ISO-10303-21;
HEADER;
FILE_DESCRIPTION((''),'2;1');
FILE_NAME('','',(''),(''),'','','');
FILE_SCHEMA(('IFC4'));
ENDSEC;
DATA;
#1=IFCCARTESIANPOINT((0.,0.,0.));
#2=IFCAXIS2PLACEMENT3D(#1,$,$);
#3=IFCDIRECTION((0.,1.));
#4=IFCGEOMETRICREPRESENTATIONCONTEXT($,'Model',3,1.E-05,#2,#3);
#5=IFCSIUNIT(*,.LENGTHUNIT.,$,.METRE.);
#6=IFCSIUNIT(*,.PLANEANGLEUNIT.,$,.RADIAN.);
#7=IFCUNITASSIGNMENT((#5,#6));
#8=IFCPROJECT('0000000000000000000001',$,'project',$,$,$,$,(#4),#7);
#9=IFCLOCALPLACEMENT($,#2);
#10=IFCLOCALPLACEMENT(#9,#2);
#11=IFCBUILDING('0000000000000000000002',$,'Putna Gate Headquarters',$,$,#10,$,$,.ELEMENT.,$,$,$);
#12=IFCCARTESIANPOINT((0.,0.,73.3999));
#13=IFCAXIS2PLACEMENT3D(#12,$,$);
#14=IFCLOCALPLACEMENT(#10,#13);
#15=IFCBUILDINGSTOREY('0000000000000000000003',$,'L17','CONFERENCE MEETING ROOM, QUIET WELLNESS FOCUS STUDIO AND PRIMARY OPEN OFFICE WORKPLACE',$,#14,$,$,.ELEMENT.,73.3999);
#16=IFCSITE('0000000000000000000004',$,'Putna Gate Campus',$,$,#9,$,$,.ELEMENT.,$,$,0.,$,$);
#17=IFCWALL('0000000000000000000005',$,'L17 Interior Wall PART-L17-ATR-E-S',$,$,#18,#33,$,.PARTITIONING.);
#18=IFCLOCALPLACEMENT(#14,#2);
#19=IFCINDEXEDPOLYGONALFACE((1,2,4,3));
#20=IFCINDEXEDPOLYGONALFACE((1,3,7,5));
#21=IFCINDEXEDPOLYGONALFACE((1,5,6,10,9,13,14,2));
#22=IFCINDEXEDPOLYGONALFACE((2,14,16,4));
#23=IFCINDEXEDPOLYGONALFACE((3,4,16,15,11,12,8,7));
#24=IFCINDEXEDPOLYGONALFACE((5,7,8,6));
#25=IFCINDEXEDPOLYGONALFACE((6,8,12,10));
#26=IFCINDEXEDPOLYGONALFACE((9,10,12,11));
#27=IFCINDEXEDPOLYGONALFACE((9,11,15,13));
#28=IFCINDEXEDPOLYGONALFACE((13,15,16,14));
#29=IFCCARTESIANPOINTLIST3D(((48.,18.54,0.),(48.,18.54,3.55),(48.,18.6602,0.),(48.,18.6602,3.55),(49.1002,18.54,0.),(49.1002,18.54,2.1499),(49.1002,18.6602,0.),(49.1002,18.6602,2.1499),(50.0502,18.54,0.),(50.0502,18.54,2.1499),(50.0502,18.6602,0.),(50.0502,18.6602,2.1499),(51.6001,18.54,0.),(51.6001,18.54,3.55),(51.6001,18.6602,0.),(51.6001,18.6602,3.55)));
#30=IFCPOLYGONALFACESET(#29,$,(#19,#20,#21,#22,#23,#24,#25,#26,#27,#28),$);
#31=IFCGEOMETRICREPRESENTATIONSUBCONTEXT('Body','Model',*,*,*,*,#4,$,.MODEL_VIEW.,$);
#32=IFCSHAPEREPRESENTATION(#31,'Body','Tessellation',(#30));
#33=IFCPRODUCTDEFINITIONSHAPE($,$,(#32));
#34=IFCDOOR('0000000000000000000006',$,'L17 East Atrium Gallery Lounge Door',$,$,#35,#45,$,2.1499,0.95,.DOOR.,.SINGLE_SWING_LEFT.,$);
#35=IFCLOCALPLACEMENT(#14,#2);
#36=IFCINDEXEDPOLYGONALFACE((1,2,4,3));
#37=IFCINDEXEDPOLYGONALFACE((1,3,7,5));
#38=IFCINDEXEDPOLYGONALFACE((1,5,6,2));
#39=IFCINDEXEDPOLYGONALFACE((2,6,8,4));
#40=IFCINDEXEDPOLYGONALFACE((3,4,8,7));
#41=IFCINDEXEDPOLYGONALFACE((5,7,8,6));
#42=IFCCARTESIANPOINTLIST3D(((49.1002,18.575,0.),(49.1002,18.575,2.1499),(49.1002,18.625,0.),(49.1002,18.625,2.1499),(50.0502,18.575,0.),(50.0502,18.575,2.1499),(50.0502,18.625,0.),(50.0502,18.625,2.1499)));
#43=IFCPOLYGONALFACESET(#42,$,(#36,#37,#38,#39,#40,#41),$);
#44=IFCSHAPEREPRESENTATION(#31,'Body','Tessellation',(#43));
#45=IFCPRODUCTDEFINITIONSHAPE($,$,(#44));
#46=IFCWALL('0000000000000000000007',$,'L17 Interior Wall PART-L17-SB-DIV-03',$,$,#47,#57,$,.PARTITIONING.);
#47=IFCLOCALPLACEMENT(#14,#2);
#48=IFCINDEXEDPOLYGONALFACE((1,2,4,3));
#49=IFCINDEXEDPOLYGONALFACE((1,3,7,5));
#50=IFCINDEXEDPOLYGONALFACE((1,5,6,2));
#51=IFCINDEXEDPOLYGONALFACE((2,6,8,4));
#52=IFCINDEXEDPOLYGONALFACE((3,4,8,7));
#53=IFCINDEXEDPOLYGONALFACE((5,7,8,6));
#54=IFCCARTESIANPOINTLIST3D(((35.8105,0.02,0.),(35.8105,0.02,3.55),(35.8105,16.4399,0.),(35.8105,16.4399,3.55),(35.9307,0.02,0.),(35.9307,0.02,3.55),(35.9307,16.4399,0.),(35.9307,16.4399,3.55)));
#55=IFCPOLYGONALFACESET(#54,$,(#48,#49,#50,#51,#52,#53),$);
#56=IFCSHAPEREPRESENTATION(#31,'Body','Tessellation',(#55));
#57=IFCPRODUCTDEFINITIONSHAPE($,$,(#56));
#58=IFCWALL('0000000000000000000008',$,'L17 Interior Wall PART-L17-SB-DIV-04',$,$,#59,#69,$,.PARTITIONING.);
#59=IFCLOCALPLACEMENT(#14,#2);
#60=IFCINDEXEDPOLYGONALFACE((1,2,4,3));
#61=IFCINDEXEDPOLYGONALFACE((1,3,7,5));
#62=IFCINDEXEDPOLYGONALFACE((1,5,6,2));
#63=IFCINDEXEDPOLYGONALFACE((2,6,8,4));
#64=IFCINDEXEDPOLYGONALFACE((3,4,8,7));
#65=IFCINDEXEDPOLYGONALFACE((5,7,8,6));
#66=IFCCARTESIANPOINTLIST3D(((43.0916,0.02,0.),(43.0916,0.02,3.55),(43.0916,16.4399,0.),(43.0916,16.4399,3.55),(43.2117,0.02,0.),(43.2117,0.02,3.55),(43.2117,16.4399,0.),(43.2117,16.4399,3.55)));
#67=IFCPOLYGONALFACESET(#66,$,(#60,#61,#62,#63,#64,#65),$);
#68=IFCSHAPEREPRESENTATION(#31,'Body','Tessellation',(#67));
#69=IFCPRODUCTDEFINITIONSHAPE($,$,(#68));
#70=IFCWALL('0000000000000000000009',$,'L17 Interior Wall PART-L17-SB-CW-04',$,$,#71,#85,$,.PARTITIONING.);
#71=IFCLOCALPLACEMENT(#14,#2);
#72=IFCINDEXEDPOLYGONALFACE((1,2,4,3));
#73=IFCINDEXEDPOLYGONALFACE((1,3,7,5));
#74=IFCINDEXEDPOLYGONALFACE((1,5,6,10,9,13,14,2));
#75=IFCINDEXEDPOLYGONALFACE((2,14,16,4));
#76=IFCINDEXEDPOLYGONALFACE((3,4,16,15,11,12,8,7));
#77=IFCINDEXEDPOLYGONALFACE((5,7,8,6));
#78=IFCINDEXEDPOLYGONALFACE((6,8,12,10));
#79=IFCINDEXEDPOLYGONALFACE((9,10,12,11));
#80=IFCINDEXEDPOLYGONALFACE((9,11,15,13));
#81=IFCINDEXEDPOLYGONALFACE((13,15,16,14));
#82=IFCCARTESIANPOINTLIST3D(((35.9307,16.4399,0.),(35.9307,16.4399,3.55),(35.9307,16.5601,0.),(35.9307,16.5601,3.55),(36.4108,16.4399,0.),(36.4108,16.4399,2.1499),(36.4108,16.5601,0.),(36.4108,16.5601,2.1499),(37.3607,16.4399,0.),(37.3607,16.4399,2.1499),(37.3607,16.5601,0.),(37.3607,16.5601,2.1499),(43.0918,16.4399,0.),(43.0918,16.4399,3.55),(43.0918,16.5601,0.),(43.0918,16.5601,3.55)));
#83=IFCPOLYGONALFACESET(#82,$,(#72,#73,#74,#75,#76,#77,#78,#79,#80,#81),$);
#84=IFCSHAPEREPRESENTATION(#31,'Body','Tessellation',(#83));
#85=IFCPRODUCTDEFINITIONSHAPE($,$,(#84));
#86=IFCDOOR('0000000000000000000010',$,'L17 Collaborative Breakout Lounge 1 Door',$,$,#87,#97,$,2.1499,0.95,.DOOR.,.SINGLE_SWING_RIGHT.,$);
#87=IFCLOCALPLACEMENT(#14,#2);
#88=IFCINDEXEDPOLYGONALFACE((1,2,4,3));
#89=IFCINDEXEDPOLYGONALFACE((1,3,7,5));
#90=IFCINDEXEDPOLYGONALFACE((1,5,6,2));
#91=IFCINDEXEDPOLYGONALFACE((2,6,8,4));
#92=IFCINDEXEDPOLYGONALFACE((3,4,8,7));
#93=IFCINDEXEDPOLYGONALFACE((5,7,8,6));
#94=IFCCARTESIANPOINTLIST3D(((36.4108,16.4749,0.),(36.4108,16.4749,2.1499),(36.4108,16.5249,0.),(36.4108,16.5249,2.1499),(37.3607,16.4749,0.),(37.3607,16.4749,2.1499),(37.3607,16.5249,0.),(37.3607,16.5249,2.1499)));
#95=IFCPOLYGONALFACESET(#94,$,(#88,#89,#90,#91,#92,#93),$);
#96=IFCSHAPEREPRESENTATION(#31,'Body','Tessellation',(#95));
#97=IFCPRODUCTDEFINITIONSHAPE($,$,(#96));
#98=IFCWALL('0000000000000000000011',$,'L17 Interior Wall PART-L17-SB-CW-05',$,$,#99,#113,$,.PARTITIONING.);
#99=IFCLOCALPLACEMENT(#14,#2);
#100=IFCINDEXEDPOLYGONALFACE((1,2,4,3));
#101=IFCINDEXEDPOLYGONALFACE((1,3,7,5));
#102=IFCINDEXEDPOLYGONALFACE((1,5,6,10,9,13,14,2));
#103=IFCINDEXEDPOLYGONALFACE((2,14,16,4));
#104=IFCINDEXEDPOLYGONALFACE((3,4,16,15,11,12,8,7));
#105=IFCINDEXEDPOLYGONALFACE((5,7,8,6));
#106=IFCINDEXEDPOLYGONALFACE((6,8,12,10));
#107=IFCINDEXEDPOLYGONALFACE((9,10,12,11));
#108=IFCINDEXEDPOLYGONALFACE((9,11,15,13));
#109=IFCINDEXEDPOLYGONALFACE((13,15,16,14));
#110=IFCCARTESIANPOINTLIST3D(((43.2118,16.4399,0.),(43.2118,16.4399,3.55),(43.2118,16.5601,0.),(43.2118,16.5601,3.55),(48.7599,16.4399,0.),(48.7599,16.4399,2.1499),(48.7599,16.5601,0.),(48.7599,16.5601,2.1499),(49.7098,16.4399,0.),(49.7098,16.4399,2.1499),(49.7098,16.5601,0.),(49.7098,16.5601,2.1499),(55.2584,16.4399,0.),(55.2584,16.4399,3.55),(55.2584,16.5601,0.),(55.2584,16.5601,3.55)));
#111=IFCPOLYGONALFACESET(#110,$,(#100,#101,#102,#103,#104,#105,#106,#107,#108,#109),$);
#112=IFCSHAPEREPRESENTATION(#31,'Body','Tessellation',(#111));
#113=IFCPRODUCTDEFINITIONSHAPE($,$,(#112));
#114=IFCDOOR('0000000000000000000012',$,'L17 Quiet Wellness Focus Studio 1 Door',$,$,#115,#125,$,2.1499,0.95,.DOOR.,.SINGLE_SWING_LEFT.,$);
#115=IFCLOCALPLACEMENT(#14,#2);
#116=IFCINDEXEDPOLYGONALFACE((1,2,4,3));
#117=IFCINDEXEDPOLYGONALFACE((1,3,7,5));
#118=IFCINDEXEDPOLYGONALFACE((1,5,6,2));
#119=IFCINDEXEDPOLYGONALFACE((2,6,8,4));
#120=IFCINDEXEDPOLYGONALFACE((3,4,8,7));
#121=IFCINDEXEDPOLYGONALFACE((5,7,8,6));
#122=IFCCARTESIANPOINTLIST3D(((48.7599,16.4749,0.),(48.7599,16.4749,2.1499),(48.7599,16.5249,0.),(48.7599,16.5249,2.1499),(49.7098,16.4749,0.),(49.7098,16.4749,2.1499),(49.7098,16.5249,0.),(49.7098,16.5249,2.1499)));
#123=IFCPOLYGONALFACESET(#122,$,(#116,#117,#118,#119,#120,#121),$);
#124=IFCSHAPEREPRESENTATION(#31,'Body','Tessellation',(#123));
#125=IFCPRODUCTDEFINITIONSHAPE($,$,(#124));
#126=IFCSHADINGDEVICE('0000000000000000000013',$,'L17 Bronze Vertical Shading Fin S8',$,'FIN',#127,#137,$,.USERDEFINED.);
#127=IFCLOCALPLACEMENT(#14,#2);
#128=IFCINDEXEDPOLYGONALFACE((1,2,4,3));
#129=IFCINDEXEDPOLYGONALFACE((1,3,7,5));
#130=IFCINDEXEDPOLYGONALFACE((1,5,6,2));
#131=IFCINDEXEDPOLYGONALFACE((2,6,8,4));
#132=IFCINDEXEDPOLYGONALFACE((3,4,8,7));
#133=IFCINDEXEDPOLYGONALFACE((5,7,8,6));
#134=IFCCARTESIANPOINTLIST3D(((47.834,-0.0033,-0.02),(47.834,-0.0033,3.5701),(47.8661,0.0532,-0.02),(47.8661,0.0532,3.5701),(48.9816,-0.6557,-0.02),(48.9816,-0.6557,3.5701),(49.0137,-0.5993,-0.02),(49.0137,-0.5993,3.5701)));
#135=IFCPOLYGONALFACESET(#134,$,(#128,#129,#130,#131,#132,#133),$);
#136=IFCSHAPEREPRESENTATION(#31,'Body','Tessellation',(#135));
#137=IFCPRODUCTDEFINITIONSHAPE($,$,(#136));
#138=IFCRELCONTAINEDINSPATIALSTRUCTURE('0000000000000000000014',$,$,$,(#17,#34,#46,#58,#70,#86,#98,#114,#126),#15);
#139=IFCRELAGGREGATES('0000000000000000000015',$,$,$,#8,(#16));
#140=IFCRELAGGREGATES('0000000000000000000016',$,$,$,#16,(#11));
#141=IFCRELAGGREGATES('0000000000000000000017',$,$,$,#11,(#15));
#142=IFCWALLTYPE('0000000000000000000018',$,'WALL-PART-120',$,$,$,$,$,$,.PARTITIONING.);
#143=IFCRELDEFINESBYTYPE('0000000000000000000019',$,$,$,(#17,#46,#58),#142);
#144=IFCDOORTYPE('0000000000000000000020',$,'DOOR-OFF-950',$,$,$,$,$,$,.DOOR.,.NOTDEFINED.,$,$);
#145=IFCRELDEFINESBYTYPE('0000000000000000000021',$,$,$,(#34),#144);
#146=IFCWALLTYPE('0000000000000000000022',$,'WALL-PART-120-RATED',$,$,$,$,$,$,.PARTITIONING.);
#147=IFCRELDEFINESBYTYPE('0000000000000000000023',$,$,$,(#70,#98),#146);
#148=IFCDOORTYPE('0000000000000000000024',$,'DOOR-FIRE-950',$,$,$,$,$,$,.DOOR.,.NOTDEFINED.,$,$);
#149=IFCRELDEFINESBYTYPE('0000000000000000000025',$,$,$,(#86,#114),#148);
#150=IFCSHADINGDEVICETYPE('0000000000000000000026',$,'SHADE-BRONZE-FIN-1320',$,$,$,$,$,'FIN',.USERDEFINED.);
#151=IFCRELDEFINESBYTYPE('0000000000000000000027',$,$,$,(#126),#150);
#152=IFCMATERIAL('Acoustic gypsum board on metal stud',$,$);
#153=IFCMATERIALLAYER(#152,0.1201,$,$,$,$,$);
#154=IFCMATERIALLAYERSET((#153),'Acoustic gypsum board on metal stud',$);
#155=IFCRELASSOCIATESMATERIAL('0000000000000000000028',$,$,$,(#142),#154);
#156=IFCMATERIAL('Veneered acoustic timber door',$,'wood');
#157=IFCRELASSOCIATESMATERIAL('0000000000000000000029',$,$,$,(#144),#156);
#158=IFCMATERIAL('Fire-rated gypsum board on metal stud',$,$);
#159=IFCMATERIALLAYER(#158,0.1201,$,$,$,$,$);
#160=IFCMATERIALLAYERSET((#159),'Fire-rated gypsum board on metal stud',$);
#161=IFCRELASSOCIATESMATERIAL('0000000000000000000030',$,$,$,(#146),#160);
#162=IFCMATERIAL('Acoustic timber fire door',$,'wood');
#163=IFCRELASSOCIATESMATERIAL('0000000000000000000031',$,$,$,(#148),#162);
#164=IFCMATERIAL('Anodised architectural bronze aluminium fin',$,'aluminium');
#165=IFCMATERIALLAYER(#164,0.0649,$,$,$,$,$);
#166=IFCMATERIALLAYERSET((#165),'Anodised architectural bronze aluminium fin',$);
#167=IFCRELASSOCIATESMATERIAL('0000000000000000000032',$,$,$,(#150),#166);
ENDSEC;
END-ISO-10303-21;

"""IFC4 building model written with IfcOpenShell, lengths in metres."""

from ifc_helpers import new_model, si_unit, direction, frame, frame_2d, origin, origin_2d, place, context, subcontext, project, spatial, rectangle, extrude, material, layer, layer_set, type_object, element, fill, save


model = new_model("IFC4")

# Units and contexts
model_context = context("Model", 3, precision=1e-05, world=origin(), true_north=direction((0.0, 1.0)))
body_context = subcontext(model_context, "Body", "Model", "MODEL_VIEW")
ifc_project = project(units=[si_unit("LENGTHUNIT", "METRE"), si_unit("PLANEANGLEUNIT", "RADIAN")], contexts=[model_context])

# Site, building, storey
site_placement = place(None, origin())
site = spatial("IfcSite", under=ifc_project, at=site_placement, Name="Putna Gate Campus", CompositionType="ELEMENT", RefElevation=0.0)
building_placement = place(site_placement, origin())
building = spatial("IfcBuilding", under=site, at=building_placement, Name="Putna Gate Headquarters", CompositionType="ELEMENT")
storey_placement = place(building_placement, frame((0.0, 0.0, 73.3999)))
storey = spatial("IfcBuildingStorey", under=building, at=storey_placement, Name="L17", Description="CONFERENCE MEETING ROOM, QUIET WELLNESS FOCUS STUDIO AND PRIMARY OPEN OFFICE WORKPLACE", CompositionType="ELEMENT", Elevation=73.3999)

# Wall, opening, door
ifc_material_1 = material(Name="Acoustic gypsum board on metal stud")
ifc_layer_1 = layer(ifc_material_1, 0.1201)
ifc_layer_set_1 = layer_set([ifc_layer_1], Name="Acoustic gypsum board on metal stud")
wall_type_1 = type_object("IfcWallType", Name="WALL-PART-120", PredefinedType="PARTITIONING", material=ifc_layer_set_1)
wall_1_placement = place(storey_placement, frame((48.0, 18.6001, 0.0), z_axis=(0.0, 0.0, 1.0), x_axis=(1.0, 0.0, 0.0)))
wall_1 = element("IfcWall", 1, at=wall_1_placement, inside=storey, type_object=wall_type_1, Name="L17 Interior Wall PART-L17-ATR-E-S", PredefinedType="PARTITIONING", context=body_context, shape_type="SweptSolid", body=[
    extrude(rectangle(XDim=3.6001, YDim=0.1201, at=frame_2d((1.8, 0.0))), origin(), (0.0, 0.0, 1.0), 3.55),
])
opening_1_placement = place(wall_1_placement, frame((1.1001, 0.0, 0.0)))
opening_1 = element("IfcOpeningElement", 2, at=opening_1_placement, cuts=wall_1, PredefinedType="OPENING", context=body_context, shape_type="SweptSolid", body=[
    extrude(rectangle(XDim=0.95, YDim=2.1499, at=frame_2d((0.4751, 1.075))), frame((0.0, 0.0701, 0.0), z_axis=(0.0, -1.0, 0.0), x_axis=(1.0, 0.0, 0.0)), (0.0, 0.0, 1.0), 0.1401),
])
ifc_material_2 = material(Name="Veneered acoustic timber door", Category="wood")
door_type_1 = type_object("IfcDoorType", Name="DOOR-OFF-950", OperationType="NOTDEFINED", PredefinedType="DOOR", material=ifc_material_2)
door_1_placement = place(opening_1_placement, origin())
door_1 = element("IfcDoor", 3, at=door_1_placement, inside=storey, type_object=door_type_1, Name="L17 East Atrium Gallery Lounge Door", OperationType="SINGLE_SWING_LEFT", OverallHeight=2.1499, OverallWidth=0.95, PredefinedType="DOOR", context=body_context, shape_type="SweptSolid", body=[
    extrude(rectangle(XDim=0.95, YDim=2.1499, at=frame_2d((0.4751, 1.075))), frame((0.0, 0.0249, 0.0), z_axis=(0.0, -1.0, 0.0), x_axis=(1.0, 0.0, 0.0)), (0.0, 0.0, 1.0), 0.05),
])
fill(opening_1, door_1)

# Walls
for number, where, z_axis, x_axis, name in (
    (4, (35.8706, 0.02, 0.0), (0.0, 0.0, 1.0), (0.0, 1.0, 0.0), "L17 Interior Wall PART-L17-SB-DIV-03"),
    (5, (43.1516, 0.02, 0.0), (0.0, 0.0, 1.0), (0.0, 1.0, 0.0), "L17 Interior Wall PART-L17-SB-DIV-04"),
):
    element("IfcWall", number, at=place(storey_placement, frame(where, z_axis=z_axis, x_axis=x_axis)), inside=storey, type_object=wall_type_1, Name=name, PredefinedType="PARTITIONING", context=body_context, shape_type="SweptSolid", body=[
        extrude(rectangle(XDim=16.4199, YDim=0.1201, at=frame_2d((8.21, 0.0))), origin(), (0.0, 0.0, 1.0), 3.55),
    ])

# Walls, openings, doors
ifc_material_3 = material(Name="Fire-rated gypsum board on metal stud")
ifc_layer_2 = layer(ifc_material_3, 0.1201)
ifc_layer_set_2 = layer_set([ifc_layer_2], Name="Fire-rated gypsum board on metal stud")
wall_type_2 = type_object("IfcWallType", Name="WALL-PART-120-RATED", PredefinedType="PARTITIONING", material=ifc_layer_set_2)
wall_2_placement = place(storey_placement, frame((35.9307, 16.5, 0.0), z_axis=(0.0, 0.0, 1.0), x_axis=(1.0, 0.0, 0.0)))
wall_2 = element("IfcWall", 6, at=wall_2_placement, inside=storey, type_object=wall_type_2, Name="L17 Interior Wall PART-L17-SB-CW-04", PredefinedType="PARTITIONING", context=body_context, shape_type="SweptSolid", body=[
    extrude(rectangle(XDim=7.1611, YDim=0.1201, at=frame_2d((3.5806, 0.0))), origin(), (0.0, 0.0, 1.0), 3.55),
])
opening_2_placement = place(wall_2_placement, frame((0.48, 0.0, 0.0)))
opening_2 = element("IfcOpeningElement", 7, at=opening_2_placement, cuts=wall_2, PredefinedType="OPENING", context=body_context, shape_type="SweptSolid", body=[
    extrude(rectangle(XDim=0.95, YDim=2.1499, at=frame_2d((0.4751, 1.075))), frame((0.0, 0.0701, 0.0), z_axis=(0.0, -1.0, 0.0), x_axis=(1.0, 0.0, 0.0)), (0.0, 0.0, 1.0), 0.1401),
])
ifc_material_4 = material(Name="Acoustic timber fire door", Category="wood")
door_type_2 = type_object("IfcDoorType", Name="DOOR-FIRE-950", OperationType="NOTDEFINED", PredefinedType="DOOR", material=ifc_material_4)
door_2_placement = place(opening_2_placement, origin())
door_2 = element("IfcDoor", 8, at=door_2_placement, inside=storey, type_object=door_type_2, Name="L17 Collaborative Breakout Lounge 1 Door", OperationType="SINGLE_SWING_RIGHT", OverallHeight=2.1499, OverallWidth=0.95, PredefinedType="DOOR", context=body_context, shape_type="SweptSolid", body=[
    extrude(rectangle(XDim=0.95, YDim=2.1499, at=frame_2d((0.4751, 1.075))), frame((0.0, 0.0249, 0.0), z_axis=(0.0, -1.0, 0.0), x_axis=(1.0, 0.0, 0.0)), (0.0, 0.0, 1.0), 0.05),
])
fill(opening_2, door_2)
wall_3_placement = place(storey_placement, frame((43.2117, 16.5, 0.0), z_axis=(0.0, 0.0, 1.0), x_axis=(1.0, 0.0, 0.0)))
wall_3 = element("IfcWall", 9, at=wall_3_placement, inside=storey, type_object=wall_type_2, Name="L17 Interior Wall PART-L17-SB-CW-05", PredefinedType="PARTITIONING", context=body_context, shape_type="SweptSolid", body=[
    extrude(rectangle(XDim=12.0466, YDim=0.1201, at=frame_2d((6.0234, 0.0))), origin(), (0.0, 0.0, 1.0), 3.55),
])
opening_3_placement = place(wall_3_placement, frame((5.5481, 0.0, 0.0)))
opening_3 = element("IfcOpeningElement", 10, at=opening_3_placement, cuts=wall_3, PredefinedType="OPENING", context=body_context, shape_type="SweptSolid", body=[
    extrude(rectangle(XDim=0.95, YDim=2.1499, at=frame_2d((0.4751, 1.075))), frame((0.0, 0.0701, 0.0), z_axis=(0.0, -1.0, 0.0), x_axis=(1.0, 0.0, 0.0)), (0.0, 0.0, 1.0), 0.1401),
])
door_3_placement = place(opening_3_placement, origin())
door_3 = element("IfcDoor", 11, at=door_3_placement, inside=storey, type_object=door_type_2, Name="L17 Quiet Wellness Focus Studio 1 Door", OperationType="SINGLE_SWING_LEFT", OverallHeight=2.1499, OverallWidth=0.95, PredefinedType="DOOR", context=body_context, shape_type="SweptSolid", body=[
    extrude(rectangle(XDim=0.95, YDim=2.1499, at=frame_2d((0.4751, 1.075))), frame((0.0, 0.0249, 0.0), z_axis=(0.0, -1.0, 0.0), x_axis=(1.0, 0.0, 0.0)), (0.0, 0.0, 1.0), 0.05),
])
fill(opening_3, door_3)

# Shading device
ifc_material_5 = material(Name="Anodised architectural bronze aluminium fin", Category="aluminium")
ifc_layer_3 = layer(ifc_material_5, 0.0649)
ifc_layer_set_3 = layer_set([ifc_layer_3], Name="Anodised architectural bronze aluminium fin")
shading_device_type = type_object("IfcShadingDeviceType", Name="SHADE-BRONZE-FIN-1320", ElementType="FIN", PredefinedType="USERDEFINED", material=ifc_layer_set_3)
shading_device_placement = place(storey_placement, frame((48.4238, -0.3013, -0.02), z_axis=(0.0, 0.0, 1.0), x_axis=(0.869322, -0.494245, 0.0)))
element("IfcShadingDevice", 12, at=shading_device_placement, inside=storey, type_object=shading_device_type, Name="L17 Bronze Vertical Shading Fin S8", ObjectType="FIN", PredefinedType="USERDEFINED", context=body_context, shape_type="SweptSolid", body=[
    extrude(rectangle(XDim=1.3201, YDim=0.0649, at=origin_2d()), origin(), (0.0, 0.0, 1.0), 3.5901),
])

save(model, "model.ifc")
